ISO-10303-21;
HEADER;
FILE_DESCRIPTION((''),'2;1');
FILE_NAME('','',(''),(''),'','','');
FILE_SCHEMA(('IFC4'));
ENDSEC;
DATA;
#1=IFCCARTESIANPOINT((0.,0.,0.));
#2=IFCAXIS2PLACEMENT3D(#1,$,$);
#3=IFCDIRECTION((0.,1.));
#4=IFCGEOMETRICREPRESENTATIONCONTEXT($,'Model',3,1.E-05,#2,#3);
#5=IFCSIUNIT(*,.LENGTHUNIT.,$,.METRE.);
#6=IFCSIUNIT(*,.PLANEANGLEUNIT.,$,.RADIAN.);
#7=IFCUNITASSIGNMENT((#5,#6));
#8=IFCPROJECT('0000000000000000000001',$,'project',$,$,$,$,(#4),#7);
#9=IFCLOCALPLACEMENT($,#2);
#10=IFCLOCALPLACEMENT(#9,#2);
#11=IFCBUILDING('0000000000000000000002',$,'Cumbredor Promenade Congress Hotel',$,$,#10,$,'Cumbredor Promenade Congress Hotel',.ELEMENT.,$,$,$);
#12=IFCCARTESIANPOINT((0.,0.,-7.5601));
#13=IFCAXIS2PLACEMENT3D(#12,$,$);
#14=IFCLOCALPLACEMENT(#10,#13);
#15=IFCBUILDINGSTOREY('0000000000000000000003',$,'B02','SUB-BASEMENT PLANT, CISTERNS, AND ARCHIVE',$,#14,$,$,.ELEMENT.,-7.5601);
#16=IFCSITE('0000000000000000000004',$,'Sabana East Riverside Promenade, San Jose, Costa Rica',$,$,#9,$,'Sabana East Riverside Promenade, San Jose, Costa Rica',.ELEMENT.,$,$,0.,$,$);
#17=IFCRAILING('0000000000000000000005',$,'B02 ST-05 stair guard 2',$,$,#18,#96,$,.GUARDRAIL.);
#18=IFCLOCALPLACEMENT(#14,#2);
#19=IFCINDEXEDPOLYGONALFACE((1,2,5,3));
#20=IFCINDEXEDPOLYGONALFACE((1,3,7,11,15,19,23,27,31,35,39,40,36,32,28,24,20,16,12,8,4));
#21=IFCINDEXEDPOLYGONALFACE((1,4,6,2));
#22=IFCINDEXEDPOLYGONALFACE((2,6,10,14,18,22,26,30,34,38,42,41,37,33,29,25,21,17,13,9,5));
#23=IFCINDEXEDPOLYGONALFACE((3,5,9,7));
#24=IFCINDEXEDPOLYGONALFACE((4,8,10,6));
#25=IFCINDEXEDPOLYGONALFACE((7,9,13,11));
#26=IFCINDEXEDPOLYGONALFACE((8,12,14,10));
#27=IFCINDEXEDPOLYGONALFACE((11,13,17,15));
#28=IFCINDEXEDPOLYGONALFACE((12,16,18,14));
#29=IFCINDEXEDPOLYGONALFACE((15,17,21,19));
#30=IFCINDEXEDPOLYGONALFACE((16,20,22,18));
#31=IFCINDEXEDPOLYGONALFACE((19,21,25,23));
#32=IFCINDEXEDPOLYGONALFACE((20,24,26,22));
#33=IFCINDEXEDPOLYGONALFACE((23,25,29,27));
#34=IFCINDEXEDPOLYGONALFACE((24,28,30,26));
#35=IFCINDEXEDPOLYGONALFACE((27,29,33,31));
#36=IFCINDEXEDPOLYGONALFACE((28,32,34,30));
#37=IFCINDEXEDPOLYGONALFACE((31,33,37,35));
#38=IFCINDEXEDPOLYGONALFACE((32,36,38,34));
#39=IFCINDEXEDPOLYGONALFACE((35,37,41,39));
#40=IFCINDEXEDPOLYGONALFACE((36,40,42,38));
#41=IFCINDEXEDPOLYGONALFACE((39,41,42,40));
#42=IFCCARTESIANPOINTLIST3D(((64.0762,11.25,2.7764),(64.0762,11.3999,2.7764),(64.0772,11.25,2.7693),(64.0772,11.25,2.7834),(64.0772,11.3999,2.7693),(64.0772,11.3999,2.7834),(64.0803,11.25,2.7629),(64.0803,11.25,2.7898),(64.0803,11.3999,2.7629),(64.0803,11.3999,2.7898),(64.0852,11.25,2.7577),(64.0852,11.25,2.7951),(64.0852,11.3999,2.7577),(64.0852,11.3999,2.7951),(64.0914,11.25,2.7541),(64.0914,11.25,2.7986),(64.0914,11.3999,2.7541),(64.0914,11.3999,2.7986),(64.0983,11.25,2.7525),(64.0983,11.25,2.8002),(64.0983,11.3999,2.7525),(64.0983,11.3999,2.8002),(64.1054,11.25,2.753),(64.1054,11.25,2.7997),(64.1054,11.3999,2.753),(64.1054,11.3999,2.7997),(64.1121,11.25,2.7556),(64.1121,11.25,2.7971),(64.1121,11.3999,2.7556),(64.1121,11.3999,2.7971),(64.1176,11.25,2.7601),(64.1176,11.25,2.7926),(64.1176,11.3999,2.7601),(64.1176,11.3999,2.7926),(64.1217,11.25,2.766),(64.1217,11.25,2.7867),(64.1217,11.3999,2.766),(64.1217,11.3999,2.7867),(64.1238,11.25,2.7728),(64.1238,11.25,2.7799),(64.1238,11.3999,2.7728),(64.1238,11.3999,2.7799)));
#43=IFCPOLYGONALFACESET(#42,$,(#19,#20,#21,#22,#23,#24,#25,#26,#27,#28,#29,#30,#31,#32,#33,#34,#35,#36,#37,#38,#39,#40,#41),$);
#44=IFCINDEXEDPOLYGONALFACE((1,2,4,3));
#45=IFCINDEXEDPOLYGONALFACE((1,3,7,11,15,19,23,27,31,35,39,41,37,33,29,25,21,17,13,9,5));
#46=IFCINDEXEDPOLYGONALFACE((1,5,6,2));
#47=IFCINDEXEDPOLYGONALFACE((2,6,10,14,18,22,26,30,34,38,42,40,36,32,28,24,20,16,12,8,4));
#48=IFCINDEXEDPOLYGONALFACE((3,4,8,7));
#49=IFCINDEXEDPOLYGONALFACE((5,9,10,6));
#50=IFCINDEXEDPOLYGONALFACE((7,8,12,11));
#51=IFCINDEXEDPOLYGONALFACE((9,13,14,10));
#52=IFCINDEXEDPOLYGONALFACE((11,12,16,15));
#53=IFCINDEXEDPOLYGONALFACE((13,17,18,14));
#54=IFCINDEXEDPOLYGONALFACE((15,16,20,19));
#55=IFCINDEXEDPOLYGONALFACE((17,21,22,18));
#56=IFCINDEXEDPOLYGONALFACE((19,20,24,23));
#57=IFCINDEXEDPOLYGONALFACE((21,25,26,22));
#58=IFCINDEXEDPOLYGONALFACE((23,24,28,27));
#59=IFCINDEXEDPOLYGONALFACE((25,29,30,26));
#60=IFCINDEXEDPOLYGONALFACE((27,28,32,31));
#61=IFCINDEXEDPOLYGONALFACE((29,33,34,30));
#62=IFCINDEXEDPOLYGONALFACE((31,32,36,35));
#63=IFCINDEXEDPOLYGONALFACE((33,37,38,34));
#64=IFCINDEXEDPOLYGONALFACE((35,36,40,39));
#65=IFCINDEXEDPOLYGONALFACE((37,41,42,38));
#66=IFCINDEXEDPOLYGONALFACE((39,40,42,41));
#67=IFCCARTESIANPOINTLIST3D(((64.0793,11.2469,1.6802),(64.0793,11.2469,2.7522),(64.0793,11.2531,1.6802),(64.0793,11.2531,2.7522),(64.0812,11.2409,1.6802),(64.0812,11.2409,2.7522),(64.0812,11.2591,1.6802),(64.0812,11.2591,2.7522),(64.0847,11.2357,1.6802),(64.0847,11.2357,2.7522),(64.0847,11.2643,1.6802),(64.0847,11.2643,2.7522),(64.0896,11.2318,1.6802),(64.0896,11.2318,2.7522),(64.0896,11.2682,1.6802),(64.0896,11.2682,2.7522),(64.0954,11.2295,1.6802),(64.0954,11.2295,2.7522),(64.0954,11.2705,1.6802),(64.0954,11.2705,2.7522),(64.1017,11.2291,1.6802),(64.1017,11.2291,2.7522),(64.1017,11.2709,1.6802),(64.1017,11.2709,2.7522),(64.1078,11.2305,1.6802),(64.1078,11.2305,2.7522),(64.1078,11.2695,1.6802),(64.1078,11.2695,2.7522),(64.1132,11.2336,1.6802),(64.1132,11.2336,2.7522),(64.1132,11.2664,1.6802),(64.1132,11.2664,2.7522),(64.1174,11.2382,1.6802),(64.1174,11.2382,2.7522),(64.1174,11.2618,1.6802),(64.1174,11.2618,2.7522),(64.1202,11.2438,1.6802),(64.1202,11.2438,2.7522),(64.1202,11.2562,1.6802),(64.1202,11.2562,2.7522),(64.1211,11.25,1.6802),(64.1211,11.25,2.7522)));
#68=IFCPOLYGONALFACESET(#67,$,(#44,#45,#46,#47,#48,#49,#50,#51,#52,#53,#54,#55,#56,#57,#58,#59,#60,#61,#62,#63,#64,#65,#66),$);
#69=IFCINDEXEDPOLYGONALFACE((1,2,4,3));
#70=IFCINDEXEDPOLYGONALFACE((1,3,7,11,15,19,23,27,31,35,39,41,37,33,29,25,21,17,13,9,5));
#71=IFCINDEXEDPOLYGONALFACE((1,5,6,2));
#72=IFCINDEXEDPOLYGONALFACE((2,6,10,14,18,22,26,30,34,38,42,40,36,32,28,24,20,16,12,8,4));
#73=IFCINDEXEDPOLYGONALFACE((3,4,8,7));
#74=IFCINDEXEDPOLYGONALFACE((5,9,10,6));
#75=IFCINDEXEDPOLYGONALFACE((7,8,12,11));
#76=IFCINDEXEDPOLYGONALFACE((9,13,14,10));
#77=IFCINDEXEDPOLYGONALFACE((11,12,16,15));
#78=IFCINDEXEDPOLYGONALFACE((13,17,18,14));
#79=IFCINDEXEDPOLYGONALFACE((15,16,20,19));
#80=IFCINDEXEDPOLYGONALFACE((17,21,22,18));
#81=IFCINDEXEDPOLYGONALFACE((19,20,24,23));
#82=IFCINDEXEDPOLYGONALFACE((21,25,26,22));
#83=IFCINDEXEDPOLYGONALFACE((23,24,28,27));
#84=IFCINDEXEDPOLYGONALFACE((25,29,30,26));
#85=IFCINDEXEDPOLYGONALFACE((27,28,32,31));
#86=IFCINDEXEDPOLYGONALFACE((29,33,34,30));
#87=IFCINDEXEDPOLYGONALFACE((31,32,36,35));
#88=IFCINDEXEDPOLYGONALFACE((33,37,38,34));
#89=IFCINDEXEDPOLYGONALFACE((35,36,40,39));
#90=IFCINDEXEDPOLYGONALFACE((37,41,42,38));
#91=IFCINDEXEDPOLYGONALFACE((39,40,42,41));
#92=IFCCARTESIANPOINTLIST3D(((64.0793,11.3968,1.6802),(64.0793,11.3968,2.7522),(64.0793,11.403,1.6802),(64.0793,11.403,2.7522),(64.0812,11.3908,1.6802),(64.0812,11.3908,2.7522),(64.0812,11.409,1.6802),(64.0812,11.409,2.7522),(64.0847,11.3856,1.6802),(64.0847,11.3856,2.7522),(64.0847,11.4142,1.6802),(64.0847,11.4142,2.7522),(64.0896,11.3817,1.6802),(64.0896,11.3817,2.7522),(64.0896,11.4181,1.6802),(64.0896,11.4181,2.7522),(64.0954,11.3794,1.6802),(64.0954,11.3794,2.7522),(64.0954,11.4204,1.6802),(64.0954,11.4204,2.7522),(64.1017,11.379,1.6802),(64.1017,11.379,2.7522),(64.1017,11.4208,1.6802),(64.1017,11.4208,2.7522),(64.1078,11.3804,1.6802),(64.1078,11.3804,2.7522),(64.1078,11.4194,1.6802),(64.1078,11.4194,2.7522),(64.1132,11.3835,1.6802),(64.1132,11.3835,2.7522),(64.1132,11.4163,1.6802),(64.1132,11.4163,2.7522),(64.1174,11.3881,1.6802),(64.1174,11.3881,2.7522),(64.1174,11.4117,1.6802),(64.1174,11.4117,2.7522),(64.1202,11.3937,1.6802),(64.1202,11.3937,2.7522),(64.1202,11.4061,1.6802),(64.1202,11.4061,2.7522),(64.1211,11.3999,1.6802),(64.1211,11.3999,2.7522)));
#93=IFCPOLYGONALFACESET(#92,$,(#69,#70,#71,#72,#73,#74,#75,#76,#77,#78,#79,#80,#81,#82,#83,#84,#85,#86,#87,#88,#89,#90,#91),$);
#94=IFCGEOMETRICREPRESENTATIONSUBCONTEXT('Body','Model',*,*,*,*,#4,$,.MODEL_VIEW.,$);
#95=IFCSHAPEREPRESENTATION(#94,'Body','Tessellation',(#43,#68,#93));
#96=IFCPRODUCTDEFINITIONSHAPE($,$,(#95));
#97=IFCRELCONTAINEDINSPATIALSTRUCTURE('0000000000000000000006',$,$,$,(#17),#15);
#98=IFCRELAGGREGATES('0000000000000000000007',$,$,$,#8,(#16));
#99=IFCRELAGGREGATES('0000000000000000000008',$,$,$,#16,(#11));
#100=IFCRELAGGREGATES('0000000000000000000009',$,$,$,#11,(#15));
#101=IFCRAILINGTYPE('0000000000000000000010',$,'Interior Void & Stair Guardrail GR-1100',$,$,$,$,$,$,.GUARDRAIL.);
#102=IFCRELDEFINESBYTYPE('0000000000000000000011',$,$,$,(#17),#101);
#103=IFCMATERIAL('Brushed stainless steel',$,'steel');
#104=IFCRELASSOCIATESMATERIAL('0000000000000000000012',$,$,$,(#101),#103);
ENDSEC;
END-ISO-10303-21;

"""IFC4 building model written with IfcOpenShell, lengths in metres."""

from ifc_helpers import new_model, si_unit, direction, frame, origin, origin_2d, place, context, subcontext, project, spatial, circle, extrude, material, type_object, element, save


model = new_model("IFC4")

# Units and contexts
model_context = context("Model", 3, precision=1e-05, world=origin(), true_north=direction((0.0, 1.0)))
body_context = subcontext(model_context, "Body", "Model", "MODEL_VIEW")
ifc_project = project(units=[si_unit("LENGTHUNIT", "METRE"), si_unit("PLANEANGLEUNIT", "RADIAN")], contexts=[model_context])

# Site, building, storey
site_placement = place(None, origin())
site = spatial("IfcSite", under=ifc_project, at=site_placement, Name="Sabana East Riverside Promenade, San Jose, Costa Rica", LongName="Sabana East Riverside Promenade, San Jose, Costa Rica", CompositionType="ELEMENT", RefElevation=0.0)
building_placement = place(site_placement, origin())
building = spatial("IfcBuilding", under=site, at=building_placement, Name="Cumbredor Promenade Congress Hotel", LongName="Cumbredor Promenade Congress Hotel", CompositionType="ELEMENT")
storey_placement = place(building_placement, frame((0.0, 0.0, -7.5601)))
storey = spatial("IfcBuildingStorey", under=building, at=storey_placement, Name="B02", Description="SUB-BASEMENT PLANT, CISTERNS, AND ARCHIVE", CompositionType="ELEMENT", Elevation=-7.5601)

# Railing
ifc_material_1 = material(Name="Brushed stainless steel", Category="steel")
railing_type_1 = type_object("IfcRailingType", Name="Interior Void & Stair Guardrail GR-1100", PredefinedType="GUARDRAIL", material=ifc_material_1)
railing_1_placement = place(storey_placement, frame((64.1001, 11.25, 1.6802)))
element("IfcRailing", 1, at=railing_1_placement, inside=storey, type_object=railing_type_1, Name="B02 ST-05 stair guard 2", PredefinedType="GUARDRAIL", context=body_context, shape_type="SweptSolid", body=[
    extrude(circle(Radius=0.0239, at=origin_2d()), frame((0.0, 0.0, 1.0962), z_axis=(0.0, 1.0, 0.0), x_axis=(-1.0, 0.0, 0.0)), (0.0, 0.0, 1.0), 0.1499),
    extrude(circle(Radius=0.021, at=origin_2d()), origin(), (0.0, 0.0, 1.0), 1.072),
    extrude(circle(Radius=0.021, at=origin_2d()), frame((0.0, 0.1499, 0.0)), (0.0, 0.0, 1.0), 1.072),
])

save(model, "model.ifc")
